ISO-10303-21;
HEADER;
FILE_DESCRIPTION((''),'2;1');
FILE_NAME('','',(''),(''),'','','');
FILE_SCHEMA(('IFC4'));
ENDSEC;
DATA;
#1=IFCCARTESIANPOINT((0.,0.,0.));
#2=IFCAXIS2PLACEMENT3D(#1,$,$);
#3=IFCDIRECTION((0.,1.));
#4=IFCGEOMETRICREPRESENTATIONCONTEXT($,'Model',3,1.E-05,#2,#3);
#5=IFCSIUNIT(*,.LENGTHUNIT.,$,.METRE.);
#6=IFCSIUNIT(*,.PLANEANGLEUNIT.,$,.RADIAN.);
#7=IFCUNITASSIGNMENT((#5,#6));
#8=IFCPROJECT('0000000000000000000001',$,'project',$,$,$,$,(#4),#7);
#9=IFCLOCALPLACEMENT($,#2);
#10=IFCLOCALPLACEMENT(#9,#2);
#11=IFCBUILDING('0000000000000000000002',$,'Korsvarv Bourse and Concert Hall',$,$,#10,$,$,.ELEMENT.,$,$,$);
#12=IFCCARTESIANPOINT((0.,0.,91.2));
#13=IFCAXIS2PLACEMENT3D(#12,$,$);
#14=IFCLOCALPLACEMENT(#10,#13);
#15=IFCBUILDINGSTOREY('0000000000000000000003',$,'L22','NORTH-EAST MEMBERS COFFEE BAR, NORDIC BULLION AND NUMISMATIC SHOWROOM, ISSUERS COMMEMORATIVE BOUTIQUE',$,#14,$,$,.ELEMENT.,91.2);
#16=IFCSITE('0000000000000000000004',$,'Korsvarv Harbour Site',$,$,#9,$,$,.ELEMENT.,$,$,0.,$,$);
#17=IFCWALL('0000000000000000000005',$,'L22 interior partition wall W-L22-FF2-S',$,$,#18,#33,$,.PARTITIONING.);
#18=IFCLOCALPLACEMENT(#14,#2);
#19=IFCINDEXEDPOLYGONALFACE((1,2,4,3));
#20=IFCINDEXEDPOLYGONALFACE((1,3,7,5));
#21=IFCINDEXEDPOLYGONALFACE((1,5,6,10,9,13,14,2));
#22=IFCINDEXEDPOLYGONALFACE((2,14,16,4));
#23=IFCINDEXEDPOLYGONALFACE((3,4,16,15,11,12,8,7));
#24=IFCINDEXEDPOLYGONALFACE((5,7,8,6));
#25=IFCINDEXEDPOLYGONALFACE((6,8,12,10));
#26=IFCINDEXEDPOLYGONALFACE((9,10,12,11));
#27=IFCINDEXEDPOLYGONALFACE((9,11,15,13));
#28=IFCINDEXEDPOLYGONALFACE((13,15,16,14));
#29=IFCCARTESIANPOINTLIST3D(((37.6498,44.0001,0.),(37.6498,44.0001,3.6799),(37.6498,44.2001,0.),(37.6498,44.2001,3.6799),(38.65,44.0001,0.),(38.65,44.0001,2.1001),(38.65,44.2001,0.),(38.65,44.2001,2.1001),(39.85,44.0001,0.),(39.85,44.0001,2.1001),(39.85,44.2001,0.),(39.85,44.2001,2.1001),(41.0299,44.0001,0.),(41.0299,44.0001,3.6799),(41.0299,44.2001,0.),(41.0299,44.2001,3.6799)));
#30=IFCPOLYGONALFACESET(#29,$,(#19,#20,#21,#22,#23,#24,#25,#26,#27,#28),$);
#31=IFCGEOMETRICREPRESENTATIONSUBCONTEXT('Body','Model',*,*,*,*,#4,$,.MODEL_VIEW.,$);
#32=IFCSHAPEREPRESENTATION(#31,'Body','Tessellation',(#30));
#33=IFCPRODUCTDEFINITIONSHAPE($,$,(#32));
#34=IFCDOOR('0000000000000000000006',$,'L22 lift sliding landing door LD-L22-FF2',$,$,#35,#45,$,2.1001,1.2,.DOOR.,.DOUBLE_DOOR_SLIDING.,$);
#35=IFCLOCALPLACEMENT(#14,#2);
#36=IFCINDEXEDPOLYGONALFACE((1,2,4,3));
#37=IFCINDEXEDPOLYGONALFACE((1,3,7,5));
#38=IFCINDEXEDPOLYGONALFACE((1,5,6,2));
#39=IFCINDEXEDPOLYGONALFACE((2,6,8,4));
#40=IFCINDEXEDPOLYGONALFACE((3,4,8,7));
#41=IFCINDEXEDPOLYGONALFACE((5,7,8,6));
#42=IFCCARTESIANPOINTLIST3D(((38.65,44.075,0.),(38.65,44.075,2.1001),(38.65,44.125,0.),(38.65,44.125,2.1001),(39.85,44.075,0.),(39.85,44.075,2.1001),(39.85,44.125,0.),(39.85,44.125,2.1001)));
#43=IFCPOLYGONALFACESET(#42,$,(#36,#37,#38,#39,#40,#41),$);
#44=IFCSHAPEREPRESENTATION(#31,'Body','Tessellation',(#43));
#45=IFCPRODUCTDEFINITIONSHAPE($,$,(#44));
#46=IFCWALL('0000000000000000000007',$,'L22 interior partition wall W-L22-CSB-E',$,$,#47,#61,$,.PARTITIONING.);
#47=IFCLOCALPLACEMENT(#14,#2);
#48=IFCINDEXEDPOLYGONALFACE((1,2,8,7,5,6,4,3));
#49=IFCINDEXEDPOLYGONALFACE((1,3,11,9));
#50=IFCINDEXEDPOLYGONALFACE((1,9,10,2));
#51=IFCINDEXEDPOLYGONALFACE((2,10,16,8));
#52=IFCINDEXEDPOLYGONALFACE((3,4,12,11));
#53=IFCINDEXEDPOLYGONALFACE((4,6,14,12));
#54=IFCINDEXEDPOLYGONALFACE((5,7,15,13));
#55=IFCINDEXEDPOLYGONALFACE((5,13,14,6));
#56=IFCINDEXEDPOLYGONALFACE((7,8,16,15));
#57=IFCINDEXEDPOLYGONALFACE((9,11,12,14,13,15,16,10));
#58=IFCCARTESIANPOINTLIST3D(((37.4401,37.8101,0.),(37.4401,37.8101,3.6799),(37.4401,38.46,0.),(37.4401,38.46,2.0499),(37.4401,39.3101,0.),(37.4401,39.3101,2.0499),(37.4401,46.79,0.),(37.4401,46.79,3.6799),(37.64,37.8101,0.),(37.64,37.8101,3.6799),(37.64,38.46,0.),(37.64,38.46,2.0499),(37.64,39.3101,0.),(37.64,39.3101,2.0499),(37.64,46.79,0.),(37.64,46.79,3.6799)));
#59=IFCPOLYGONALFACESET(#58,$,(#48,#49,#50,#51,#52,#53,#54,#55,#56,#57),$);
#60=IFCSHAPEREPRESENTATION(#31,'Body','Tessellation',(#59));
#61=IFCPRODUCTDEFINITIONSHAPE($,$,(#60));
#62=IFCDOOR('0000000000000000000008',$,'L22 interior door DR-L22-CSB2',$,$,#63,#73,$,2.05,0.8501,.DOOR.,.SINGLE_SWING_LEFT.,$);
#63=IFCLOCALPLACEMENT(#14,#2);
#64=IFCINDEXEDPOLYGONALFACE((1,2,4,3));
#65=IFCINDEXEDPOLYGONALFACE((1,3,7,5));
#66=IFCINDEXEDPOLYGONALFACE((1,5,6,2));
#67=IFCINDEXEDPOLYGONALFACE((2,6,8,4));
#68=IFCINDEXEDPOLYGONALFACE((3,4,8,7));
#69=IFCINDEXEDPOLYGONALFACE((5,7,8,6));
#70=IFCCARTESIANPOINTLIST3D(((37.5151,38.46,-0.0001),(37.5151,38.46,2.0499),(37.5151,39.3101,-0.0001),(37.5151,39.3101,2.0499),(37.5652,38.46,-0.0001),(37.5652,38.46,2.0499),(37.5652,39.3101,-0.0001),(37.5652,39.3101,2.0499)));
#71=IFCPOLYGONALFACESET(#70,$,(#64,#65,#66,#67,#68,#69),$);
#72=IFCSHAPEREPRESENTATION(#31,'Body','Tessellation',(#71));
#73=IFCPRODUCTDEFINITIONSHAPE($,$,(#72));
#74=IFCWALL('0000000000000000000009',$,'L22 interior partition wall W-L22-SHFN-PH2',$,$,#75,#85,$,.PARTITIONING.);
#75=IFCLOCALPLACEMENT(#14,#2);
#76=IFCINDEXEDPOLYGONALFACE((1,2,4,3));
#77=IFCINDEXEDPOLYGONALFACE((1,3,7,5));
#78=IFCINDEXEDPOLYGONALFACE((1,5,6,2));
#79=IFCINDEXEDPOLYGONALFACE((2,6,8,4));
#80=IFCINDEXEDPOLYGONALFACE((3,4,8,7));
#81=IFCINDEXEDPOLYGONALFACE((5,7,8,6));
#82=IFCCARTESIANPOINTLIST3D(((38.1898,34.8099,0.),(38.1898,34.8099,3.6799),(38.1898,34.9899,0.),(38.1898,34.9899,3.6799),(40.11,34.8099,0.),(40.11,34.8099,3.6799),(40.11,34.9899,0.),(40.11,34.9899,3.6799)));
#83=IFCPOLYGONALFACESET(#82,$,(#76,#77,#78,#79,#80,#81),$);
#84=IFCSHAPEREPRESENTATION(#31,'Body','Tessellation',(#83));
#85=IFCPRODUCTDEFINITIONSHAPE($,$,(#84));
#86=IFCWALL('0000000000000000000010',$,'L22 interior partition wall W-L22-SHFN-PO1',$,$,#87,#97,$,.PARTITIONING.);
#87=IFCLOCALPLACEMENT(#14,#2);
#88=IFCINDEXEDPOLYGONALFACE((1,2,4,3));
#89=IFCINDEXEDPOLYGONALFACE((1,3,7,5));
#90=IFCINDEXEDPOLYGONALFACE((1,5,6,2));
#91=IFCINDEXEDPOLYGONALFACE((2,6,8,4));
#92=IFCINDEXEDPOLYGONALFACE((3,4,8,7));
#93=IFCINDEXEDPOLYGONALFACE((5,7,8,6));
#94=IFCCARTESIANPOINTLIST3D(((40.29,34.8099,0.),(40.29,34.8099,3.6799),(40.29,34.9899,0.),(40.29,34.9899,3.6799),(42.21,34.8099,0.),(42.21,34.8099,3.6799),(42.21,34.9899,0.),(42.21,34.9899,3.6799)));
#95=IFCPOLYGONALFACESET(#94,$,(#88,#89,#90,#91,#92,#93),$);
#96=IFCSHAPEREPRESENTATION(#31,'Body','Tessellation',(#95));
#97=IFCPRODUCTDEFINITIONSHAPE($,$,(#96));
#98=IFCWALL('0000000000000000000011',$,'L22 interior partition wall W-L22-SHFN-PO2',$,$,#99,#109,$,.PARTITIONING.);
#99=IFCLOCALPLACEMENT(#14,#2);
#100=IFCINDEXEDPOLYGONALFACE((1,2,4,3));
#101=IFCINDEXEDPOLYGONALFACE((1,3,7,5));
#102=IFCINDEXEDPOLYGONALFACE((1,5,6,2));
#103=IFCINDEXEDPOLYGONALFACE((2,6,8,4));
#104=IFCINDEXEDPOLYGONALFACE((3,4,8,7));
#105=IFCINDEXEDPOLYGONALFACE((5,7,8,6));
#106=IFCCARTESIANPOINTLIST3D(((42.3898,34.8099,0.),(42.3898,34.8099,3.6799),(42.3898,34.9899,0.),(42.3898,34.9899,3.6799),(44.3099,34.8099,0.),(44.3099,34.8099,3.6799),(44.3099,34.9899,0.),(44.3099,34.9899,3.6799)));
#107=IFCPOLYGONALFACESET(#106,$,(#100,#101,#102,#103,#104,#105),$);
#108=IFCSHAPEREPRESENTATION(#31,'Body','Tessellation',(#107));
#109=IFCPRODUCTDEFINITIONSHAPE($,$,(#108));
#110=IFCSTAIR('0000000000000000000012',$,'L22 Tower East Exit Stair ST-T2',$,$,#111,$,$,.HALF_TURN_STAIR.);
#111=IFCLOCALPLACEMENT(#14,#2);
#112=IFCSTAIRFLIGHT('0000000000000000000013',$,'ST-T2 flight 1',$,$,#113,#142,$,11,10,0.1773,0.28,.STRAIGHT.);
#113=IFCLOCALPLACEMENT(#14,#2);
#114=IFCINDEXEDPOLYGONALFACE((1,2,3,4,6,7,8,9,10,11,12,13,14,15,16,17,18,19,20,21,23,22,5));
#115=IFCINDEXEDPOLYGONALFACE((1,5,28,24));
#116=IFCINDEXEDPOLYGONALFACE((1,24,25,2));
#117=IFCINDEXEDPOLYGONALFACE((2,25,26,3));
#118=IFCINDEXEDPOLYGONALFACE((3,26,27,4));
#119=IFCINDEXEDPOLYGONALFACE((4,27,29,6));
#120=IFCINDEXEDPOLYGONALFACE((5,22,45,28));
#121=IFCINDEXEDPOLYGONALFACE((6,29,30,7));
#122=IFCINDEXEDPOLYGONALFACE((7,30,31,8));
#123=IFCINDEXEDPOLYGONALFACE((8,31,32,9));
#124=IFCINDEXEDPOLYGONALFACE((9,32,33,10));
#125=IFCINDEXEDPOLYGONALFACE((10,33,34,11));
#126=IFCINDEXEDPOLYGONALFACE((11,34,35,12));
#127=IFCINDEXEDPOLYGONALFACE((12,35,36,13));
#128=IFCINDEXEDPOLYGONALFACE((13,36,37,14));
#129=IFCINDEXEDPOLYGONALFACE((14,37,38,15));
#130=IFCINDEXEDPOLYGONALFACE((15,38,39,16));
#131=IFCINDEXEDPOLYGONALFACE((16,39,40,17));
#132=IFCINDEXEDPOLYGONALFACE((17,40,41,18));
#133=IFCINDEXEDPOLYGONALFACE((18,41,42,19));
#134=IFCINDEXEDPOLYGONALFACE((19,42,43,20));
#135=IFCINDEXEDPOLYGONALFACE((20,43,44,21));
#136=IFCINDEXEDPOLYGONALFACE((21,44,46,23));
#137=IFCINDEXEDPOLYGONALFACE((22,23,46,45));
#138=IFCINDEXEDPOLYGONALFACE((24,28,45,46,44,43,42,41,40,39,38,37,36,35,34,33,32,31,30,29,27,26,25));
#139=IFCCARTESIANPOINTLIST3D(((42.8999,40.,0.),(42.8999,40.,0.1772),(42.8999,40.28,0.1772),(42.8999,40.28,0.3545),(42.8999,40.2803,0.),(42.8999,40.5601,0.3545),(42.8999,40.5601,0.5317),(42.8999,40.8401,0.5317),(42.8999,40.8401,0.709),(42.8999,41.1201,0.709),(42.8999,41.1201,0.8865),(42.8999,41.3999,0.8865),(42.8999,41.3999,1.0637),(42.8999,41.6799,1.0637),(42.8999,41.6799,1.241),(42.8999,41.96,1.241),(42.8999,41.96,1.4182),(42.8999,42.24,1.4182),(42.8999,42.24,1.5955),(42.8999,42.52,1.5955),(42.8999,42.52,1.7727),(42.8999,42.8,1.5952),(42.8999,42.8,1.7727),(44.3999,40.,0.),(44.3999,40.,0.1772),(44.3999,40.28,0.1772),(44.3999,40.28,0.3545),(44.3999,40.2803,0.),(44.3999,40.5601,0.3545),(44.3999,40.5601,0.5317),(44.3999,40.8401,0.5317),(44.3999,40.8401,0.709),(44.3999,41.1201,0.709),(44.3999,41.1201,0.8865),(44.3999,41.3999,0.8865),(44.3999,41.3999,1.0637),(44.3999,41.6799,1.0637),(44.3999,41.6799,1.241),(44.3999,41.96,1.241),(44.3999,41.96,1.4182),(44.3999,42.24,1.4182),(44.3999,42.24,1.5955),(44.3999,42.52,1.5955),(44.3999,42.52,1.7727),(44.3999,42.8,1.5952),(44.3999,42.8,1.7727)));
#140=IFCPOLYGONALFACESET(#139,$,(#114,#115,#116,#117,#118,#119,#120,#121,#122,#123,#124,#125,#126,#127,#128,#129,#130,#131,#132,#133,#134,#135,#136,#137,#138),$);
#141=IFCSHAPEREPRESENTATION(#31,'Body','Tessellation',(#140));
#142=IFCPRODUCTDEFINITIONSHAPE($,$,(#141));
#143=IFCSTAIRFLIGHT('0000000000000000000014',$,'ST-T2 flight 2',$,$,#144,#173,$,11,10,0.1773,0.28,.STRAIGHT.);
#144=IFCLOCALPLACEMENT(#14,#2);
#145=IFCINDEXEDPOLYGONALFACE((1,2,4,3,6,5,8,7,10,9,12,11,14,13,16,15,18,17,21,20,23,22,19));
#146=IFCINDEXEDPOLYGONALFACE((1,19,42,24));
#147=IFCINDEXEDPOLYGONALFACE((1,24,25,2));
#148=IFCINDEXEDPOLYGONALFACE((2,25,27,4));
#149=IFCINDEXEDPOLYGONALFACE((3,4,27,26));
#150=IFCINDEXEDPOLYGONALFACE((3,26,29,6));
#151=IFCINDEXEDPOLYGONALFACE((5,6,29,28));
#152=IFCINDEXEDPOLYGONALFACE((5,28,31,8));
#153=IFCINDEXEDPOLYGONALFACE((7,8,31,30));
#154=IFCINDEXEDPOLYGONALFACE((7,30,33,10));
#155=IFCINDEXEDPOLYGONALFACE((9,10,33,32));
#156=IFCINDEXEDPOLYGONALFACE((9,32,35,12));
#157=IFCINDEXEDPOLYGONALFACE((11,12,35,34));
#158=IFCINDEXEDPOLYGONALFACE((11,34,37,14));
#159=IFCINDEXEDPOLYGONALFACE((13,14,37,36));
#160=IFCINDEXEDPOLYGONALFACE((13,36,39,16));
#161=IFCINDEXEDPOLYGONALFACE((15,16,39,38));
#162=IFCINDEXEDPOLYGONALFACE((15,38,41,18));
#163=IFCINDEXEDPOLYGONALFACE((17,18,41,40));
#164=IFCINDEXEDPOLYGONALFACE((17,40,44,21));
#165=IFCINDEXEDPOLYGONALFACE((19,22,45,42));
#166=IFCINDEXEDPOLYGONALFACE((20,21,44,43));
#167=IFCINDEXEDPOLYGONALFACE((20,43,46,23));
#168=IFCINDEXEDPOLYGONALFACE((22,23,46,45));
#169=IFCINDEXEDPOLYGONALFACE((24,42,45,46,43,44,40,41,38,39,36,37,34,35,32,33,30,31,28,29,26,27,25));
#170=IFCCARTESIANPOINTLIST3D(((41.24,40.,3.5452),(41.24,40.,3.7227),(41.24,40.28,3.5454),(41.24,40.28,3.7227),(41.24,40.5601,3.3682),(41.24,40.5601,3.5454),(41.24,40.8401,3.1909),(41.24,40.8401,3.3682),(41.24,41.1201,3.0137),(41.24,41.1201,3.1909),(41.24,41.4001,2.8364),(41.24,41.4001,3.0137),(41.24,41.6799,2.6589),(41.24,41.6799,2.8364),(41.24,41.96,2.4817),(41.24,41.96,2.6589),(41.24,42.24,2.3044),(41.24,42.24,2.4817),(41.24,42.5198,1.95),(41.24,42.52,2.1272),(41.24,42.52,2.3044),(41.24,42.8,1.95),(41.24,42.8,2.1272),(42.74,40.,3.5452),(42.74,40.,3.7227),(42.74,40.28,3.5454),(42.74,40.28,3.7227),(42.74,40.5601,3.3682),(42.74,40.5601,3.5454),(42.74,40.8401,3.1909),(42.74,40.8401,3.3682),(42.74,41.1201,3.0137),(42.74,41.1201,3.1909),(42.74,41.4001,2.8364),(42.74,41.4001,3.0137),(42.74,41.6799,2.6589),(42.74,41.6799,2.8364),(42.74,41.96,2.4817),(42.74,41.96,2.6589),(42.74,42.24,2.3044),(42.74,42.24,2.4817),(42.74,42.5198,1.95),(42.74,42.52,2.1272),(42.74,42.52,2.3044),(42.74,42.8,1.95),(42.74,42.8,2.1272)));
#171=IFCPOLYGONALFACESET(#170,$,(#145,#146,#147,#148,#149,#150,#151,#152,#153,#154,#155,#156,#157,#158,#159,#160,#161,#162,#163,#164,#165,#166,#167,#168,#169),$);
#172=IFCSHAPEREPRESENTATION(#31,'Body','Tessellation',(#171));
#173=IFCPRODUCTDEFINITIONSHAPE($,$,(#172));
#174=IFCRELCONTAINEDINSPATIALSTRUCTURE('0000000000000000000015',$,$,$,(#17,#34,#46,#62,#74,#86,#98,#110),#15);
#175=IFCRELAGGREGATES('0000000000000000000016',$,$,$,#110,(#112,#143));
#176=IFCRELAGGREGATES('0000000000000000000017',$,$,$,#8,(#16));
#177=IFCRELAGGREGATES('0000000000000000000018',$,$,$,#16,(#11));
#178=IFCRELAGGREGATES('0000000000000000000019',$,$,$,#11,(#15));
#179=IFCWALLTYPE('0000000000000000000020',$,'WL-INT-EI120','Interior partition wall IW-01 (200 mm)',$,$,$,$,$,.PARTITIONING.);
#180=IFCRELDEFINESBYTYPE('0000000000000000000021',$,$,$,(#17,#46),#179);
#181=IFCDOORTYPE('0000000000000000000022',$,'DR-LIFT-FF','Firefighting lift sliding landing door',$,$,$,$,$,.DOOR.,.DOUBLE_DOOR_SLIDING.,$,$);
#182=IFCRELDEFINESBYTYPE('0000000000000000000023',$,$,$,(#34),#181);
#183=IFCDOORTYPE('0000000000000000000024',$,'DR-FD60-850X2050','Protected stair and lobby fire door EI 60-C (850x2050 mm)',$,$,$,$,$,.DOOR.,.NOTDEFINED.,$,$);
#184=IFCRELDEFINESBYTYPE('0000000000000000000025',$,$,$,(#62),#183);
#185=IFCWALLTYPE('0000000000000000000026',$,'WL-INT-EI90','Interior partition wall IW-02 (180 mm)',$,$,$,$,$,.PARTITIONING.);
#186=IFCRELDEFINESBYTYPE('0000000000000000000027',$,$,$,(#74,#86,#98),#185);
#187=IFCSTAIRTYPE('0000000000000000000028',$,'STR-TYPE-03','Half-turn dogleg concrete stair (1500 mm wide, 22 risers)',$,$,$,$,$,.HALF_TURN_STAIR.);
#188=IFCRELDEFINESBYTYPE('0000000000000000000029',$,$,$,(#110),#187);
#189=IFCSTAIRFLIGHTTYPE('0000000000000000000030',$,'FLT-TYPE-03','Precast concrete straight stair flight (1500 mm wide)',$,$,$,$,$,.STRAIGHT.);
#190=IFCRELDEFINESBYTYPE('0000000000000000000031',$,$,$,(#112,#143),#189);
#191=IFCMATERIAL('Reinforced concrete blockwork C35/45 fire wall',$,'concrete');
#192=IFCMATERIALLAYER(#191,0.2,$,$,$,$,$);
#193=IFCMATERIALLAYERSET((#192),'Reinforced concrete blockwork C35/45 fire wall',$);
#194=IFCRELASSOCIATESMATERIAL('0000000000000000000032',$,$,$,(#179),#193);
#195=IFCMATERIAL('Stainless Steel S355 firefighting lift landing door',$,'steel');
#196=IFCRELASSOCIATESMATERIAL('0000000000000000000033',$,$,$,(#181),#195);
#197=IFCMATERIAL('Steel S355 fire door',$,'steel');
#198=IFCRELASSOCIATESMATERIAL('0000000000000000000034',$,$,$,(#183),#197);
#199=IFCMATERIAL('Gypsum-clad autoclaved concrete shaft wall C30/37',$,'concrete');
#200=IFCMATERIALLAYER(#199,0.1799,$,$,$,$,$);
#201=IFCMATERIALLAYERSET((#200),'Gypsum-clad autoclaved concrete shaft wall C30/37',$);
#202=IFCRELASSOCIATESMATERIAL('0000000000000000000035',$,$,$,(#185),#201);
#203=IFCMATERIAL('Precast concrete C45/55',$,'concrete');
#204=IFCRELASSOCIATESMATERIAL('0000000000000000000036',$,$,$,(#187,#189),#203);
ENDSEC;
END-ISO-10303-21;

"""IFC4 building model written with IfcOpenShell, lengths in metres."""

from ifc_helpers import new_model, si_unit, direction, frame, frame_2d, origin, place, context, subcontext, project, spatial, polyline, rectangle, outline, extrude, material, layer, layer_set, type_object, element, fill, aggregate, save


model = new_model("IFC4")

# Units and contexts
model_context = context("Model", 3, precision=1e-05, world=origin(), true_north=direction((0.0, 1.0)))
body_context = subcontext(model_context, "Body", "Model", "MODEL_VIEW")
ifc_project = project(units=[si_unit("LENGTHUNIT", "METRE"), si_unit("PLANEANGLEUNIT", "RADIAN")], contexts=[model_context])

# Site, building, storey
site_placement = place(None, origin())
site = spatial("IfcSite", under=ifc_project, at=site_placement, Name="Korsvarv Harbour Site", CompositionType="ELEMENT", RefElevation=0.0)
building_placement = place(site_placement, origin())
building = spatial("IfcBuilding", under=site, at=building_placement, Name="Korsvarv Bourse and Concert Hall", CompositionType="ELEMENT")
storey_placement = place(building_placement, frame((0.0, 0.0, 91.2)))
storey = spatial("IfcBuildingStorey", under=building, at=storey_placement, Name="L22", Description="NORTH-EAST MEMBERS COFFEE BAR, NORDIC BULLION AND NUMISMATIC SHOWROOM, ISSUERS COMMEMORATIVE BOUTIQUE", CompositionType="ELEMENT", Elevation=91.2)

# Shared definitions
ifc_material_1 = material(Name="Steel S355 fire door", Category="steel")

# Walls, openings, doors
ifc_material_2 = material(Name="Reinforced concrete blockwork C35/45 fire wall", Category="concrete")
ifc_layer_1 = layer(ifc_material_2, 0.2)
ifc_layer_set_1 = layer_set([ifc_layer_1], Name="Reinforced concrete blockwork C35/45 fire wall")
wall_type_1 = type_object("IfcWallType", Name="WL-INT-EI120", Description="Interior partition wall IW-01 (200 mm)", PredefinedType="PARTITIONING", material=ifc_layer_set_1)
wall_1_placement = place(storey_placement, frame((37.6499, 44.1001, 0.0), z_axis=(0.0, 0.0, 1.0), x_axis=(1.0, 0.0, 0.0)))
wall_1 = element("IfcWall", 1, at=wall_1_placement, inside=storey, type_object=wall_type_1, Name="L22 interior partition wall W-L22-FF2-S", PredefinedType="PARTITIONING", context=body_context, shape_type="SweptSolid", body=[
    extrude(rectangle(XDim=3.3801, YDim=0.2, at=frame_2d((1.6899, 0.0))), origin(), (0.0, 0.0, 1.0), 3.6799),
])
opening_1_placement = place(wall_1_placement, frame((1.0, 0.0, 0.0)))
opening_1 = element("IfcOpeningElement", 2, at=opening_1_placement, cuts=wall_1, PredefinedType="OPENING", context=body_context, shape_type="SweptSolid", body=[
    extrude(rectangle(XDim=1.2, YDim=2.1001, at=frame_2d((0.6001, 1.05))), frame((0.0, 0.1099, 0.0), z_axis=(0.0, -1.0, 0.0), x_axis=(1.0, 0.0, 0.0)), (0.0, 0.0, 1.0), 0.22),
])
ifc_material_3 = material(Name="Stainless Steel S355 firefighting lift landing door", Category="steel")
door_type_1 = type_object("IfcDoorType", Name="DR-LIFT-FF", Description="Firefighting lift sliding landing door", OperationType="DOUBLE_DOOR_SLIDING", PredefinedType="DOOR", material=ifc_material_3)
door_1_placement = place(opening_1_placement, origin())
door_1 = element("IfcDoor", 3, at=door_1_placement, inside=storey, type_object=door_type_1, Name="L22 lift sliding landing door LD-L22-FF2", OperationType="DOUBLE_DOOR_SLIDING", OverallHeight=2.1001, OverallWidth=1.2, PredefinedType="DOOR", context=body_context, shape_type="SweptSolid", body=[
    extrude(rectangle(XDim=1.2, YDim=2.1001, at=frame_2d((0.6001, 1.05))), frame((0.0, 0.0249, 0.0), z_axis=(0.0, -1.0, 0.0), x_axis=(1.0, 0.0, 0.0)), (0.0, 0.0, 1.0), 0.05),
])
fill(opening_1, door_1)
wall_2_placement = place(storey_placement, frame((37.54, 37.8101, 0.0), z_axis=(0.0, 0.0, 1.0), x_axis=(0.0, 1.0, 0.0)))
wall_2 = element("IfcWall", 4, at=wall_2_placement, inside=storey, type_object=wall_type_1, Name="L22 interior partition wall W-L22-CSB-E", PredefinedType="PARTITIONING", context=body_context, shape_type="SweptSolid", body=[
    extrude(rectangle(XDim=8.98, YDim=0.2, at=frame_2d((4.49, 0.0))), origin(), (0.0, 0.0, 1.0), 3.6799),
])
opening_2_placement = place(wall_2_placement, frame((0.6499, 0.0, 0.0)))
opening_2 = element("IfcOpeningElement", 5, at=opening_2_placement, cuts=wall_2, PredefinedType="OPENING", context=body_context, shape_type="SweptSolid", body=[
    extrude(rectangle(XDim=0.8501, YDim=2.05, at=frame_2d((0.425, 1.0249))), frame((0.0, 0.1099, 0.0), z_axis=(0.0, -1.0, 0.0), x_axis=(1.0, 0.0, 0.0)), (0.0, 0.0, 1.0), 0.22),
])
door_type_2 = type_object("IfcDoorType", Name="DR-FD60-850X2050", Description="Protected stair and lobby fire door EI 60-C (850x2050 mm)", OperationType="NOTDEFINED", PredefinedType="DOOR", material=ifc_material_1)
door_2_placement = place(opening_2_placement, origin())
door_2 = element("IfcDoor", 6, at=door_2_placement, inside=storey, type_object=door_type_2, Name="L22 interior door DR-L22-CSB2", OperationType="SINGLE_SWING_LEFT", OverallHeight=2.05, OverallWidth=0.8501, PredefinedType="DOOR", context=body_context, shape_type="SweptSolid", body=[
    extrude(rectangle(XDim=0.8501, YDim=2.05, at=frame_2d((0.425, 1.0249))), frame((0.0, 0.0249, 0.0), z_axis=(0.0, -1.0, 0.0), x_axis=(1.0, 0.0, 0.0)), (0.0, 0.0, 1.0), 0.05),
])
fill(opening_2, door_2)

# Walls
ifc_material_4 = material(Name="Gypsum-clad autoclaved concrete shaft wall C30/37", Category="concrete")
ifc_layer_2 = layer(ifc_material_4, 0.1799)
ifc_layer_set_2 = layer_set([ifc_layer_2], Name="Gypsum-clad autoclaved concrete shaft wall C30/37")
wall_type_2 = type_object("IfcWallType", Name="WL-INT-EI90", Description="Interior partition wall IW-02 (180 mm)", PredefinedType="PARTITIONING", material=ifc_layer_set_2)
wall_3_placement = place(storey_placement, frame((38.1899, 34.8999, 0.0), z_axis=(0.0, 0.0, 1.0), x_axis=(1.0, 0.0, 0.0)))
element("IfcWall", 7, at=wall_3_placement, inside=storey, type_object=wall_type_2, Name="L22 interior partition wall W-L22-SHFN-PH2", PredefinedType="PARTITIONING", context=body_context, shape_type="SweptSolid", body=[
    extrude(rectangle(XDim=1.9202, YDim=0.1799, at=frame_2d((0.96, 0.0))), origin(), (0.0, 0.0, 1.0), 3.6799),
])
wall_4_placement = place(storey_placement, frame((40.29, 34.8999, 0.0), z_axis=(0.0, 0.0, 1.0), x_axis=(1.0, 0.0, 0.0)))
element("IfcWall", 8, at=wall_4_placement, inside=storey, type_object=wall_type_2, Name="L22 interior partition wall W-L22-SHFN-PO1", PredefinedType="PARTITIONING", context=body_context, shape_type="SweptSolid", body=[
    extrude(rectangle(XDim=1.9199, YDim=0.1799, at=frame_2d((0.96, 0.0))), origin(), (0.0, 0.0, 1.0), 3.6799),
])
wall_5_placement = place(storey_placement, frame((42.3899, 34.8999, 0.0), z_axis=(0.0, 0.0, 1.0), x_axis=(1.0, 0.0, 0.0)))
element("IfcWall", 9, at=wall_5_placement, inside=storey, type_object=wall_type_2, Name="L22 interior partition wall W-L22-SHFN-PO2", PredefinedType="PARTITIONING", context=body_context, shape_type="SweptSolid", body=[
    extrude(rectangle(XDim=1.9202, YDim=0.1799, at=frame_2d((0.96, 0.0))), origin(), (0.0, 0.0, 1.0), 3.6799),
])

# Stair, stair flights
ifc_material_5 = material(Name="Precast concrete C45/55", Category="concrete")
stair_type = type_object("IfcStairType", Name="STR-TYPE-03", Description="Half-turn dogleg concrete stair (1500 mm wide, 22 risers)", PredefinedType="HALF_TURN_STAIR", material=ifc_material_5)
stair_placement = place(storey_placement, origin())
stair = element("IfcStair", 10, at=stair_placement, inside=storey, type_object=stair_type, Name="L22 Tower East Exit Stair ST-T2", PredefinedType="HALF_TURN_STAIR")
stair_flight_type = type_object("IfcStairFlightType", Name="FLT-TYPE-03", Description="Precast concrete straight stair flight (1500 mm wide)", PredefinedType="STRAIGHT", material=ifc_material_5)
stair_flight_1_placement = place(storey_placement, frame((43.6499, 40.0, 0.0), z_axis=(0.0, 0.0, 1.0), x_axis=(0.0, 1.0, 0.0)))
stair_flight_1 = element("IfcStairFlight", 11, at=stair_flight_1_placement, type_object=stair_flight_type, Name="ST-T2 flight 1", NumberOfRisers=11, NumberOfTreads=10, PredefinedType="STRAIGHT", RiserHeight=0.1773, TreadLength=0.28, context=body_context, shape_type="SweptSolid", body=[
    extrude(outline(polyline([(0.0, 0.0), (0.0, 0.1772), (0.28, 0.1772), (0.28, 0.3545), (0.5601, 0.3545), (0.5601, 0.5317), (0.8401, 0.5317), (0.8401, 0.709), (1.1201, 0.709), (1.1201, 0.8865), (1.3999, 0.8865), (1.3999, 1.0637), (1.6799, 1.0637), (1.6799, 1.241), (1.96, 1.241), (1.96, 1.4182), (2.24, 1.4182), (2.24, 1.5955), (2.52, 1.5955), (2.52, 1.7727), (2.8, 1.7727), (2.8, 1.95), (2.8, 1.5952), (0.2803, 0.0), (0.0, 0.0)])), frame((0.0, 0.75, 0.0), z_axis=(0.0, -1.0, 0.0), x_axis=(1.0, 0.0, 0.0)), (0.0, 0.0, 1.0), 1.5),
])
stair_flight_2_placement = place(storey_placement, frame((41.99, 42.8, 1.95), z_axis=(0.0, 0.0, 1.0), x_axis=(0.0, -1.0, 0.0)))
stair_flight_2 = element("IfcStairFlight", 12, at=stair_flight_2_placement, type_object=stair_flight_type, Name="ST-T2 flight 2", NumberOfRisers=11, NumberOfTreads=10, PredefinedType="STRAIGHT", RiserHeight=0.1773, TreadLength=0.28, context=body_context, shape_type="SweptSolid", body=[
    extrude(outline(polyline([(0.0, 0.0), (0.0, 0.1772), (0.28, 0.1772), (0.28, 0.3545), (0.5601, 0.3545), (0.5601, 0.5317), (0.8401, 0.5317), (0.8401, 0.709), (1.1201, 0.709), (1.1201, 0.8865), (1.3999, 0.8865), (1.3999, 1.0637), (1.6799, 1.0637), (1.6799, 1.241), (1.96, 1.241), (1.96, 1.4182), (2.24, 1.4182), (2.24, 1.5955), (2.52, 1.5955), (2.52, 1.7727), (2.8, 1.7727), (2.8, 1.95), (2.8, 1.5952), (0.2803, 0.0), (0.0, 0.0)])), frame((0.0, 0.75, 0.0), z_axis=(0.0, -1.0, 0.0), x_axis=(1.0, 0.0, 0.0)), (0.0, 0.0, 1.0), 1.5),
])
aggregate(stair, [stair_flight_1, stair_flight_2])

save(model, "model.ifc")
